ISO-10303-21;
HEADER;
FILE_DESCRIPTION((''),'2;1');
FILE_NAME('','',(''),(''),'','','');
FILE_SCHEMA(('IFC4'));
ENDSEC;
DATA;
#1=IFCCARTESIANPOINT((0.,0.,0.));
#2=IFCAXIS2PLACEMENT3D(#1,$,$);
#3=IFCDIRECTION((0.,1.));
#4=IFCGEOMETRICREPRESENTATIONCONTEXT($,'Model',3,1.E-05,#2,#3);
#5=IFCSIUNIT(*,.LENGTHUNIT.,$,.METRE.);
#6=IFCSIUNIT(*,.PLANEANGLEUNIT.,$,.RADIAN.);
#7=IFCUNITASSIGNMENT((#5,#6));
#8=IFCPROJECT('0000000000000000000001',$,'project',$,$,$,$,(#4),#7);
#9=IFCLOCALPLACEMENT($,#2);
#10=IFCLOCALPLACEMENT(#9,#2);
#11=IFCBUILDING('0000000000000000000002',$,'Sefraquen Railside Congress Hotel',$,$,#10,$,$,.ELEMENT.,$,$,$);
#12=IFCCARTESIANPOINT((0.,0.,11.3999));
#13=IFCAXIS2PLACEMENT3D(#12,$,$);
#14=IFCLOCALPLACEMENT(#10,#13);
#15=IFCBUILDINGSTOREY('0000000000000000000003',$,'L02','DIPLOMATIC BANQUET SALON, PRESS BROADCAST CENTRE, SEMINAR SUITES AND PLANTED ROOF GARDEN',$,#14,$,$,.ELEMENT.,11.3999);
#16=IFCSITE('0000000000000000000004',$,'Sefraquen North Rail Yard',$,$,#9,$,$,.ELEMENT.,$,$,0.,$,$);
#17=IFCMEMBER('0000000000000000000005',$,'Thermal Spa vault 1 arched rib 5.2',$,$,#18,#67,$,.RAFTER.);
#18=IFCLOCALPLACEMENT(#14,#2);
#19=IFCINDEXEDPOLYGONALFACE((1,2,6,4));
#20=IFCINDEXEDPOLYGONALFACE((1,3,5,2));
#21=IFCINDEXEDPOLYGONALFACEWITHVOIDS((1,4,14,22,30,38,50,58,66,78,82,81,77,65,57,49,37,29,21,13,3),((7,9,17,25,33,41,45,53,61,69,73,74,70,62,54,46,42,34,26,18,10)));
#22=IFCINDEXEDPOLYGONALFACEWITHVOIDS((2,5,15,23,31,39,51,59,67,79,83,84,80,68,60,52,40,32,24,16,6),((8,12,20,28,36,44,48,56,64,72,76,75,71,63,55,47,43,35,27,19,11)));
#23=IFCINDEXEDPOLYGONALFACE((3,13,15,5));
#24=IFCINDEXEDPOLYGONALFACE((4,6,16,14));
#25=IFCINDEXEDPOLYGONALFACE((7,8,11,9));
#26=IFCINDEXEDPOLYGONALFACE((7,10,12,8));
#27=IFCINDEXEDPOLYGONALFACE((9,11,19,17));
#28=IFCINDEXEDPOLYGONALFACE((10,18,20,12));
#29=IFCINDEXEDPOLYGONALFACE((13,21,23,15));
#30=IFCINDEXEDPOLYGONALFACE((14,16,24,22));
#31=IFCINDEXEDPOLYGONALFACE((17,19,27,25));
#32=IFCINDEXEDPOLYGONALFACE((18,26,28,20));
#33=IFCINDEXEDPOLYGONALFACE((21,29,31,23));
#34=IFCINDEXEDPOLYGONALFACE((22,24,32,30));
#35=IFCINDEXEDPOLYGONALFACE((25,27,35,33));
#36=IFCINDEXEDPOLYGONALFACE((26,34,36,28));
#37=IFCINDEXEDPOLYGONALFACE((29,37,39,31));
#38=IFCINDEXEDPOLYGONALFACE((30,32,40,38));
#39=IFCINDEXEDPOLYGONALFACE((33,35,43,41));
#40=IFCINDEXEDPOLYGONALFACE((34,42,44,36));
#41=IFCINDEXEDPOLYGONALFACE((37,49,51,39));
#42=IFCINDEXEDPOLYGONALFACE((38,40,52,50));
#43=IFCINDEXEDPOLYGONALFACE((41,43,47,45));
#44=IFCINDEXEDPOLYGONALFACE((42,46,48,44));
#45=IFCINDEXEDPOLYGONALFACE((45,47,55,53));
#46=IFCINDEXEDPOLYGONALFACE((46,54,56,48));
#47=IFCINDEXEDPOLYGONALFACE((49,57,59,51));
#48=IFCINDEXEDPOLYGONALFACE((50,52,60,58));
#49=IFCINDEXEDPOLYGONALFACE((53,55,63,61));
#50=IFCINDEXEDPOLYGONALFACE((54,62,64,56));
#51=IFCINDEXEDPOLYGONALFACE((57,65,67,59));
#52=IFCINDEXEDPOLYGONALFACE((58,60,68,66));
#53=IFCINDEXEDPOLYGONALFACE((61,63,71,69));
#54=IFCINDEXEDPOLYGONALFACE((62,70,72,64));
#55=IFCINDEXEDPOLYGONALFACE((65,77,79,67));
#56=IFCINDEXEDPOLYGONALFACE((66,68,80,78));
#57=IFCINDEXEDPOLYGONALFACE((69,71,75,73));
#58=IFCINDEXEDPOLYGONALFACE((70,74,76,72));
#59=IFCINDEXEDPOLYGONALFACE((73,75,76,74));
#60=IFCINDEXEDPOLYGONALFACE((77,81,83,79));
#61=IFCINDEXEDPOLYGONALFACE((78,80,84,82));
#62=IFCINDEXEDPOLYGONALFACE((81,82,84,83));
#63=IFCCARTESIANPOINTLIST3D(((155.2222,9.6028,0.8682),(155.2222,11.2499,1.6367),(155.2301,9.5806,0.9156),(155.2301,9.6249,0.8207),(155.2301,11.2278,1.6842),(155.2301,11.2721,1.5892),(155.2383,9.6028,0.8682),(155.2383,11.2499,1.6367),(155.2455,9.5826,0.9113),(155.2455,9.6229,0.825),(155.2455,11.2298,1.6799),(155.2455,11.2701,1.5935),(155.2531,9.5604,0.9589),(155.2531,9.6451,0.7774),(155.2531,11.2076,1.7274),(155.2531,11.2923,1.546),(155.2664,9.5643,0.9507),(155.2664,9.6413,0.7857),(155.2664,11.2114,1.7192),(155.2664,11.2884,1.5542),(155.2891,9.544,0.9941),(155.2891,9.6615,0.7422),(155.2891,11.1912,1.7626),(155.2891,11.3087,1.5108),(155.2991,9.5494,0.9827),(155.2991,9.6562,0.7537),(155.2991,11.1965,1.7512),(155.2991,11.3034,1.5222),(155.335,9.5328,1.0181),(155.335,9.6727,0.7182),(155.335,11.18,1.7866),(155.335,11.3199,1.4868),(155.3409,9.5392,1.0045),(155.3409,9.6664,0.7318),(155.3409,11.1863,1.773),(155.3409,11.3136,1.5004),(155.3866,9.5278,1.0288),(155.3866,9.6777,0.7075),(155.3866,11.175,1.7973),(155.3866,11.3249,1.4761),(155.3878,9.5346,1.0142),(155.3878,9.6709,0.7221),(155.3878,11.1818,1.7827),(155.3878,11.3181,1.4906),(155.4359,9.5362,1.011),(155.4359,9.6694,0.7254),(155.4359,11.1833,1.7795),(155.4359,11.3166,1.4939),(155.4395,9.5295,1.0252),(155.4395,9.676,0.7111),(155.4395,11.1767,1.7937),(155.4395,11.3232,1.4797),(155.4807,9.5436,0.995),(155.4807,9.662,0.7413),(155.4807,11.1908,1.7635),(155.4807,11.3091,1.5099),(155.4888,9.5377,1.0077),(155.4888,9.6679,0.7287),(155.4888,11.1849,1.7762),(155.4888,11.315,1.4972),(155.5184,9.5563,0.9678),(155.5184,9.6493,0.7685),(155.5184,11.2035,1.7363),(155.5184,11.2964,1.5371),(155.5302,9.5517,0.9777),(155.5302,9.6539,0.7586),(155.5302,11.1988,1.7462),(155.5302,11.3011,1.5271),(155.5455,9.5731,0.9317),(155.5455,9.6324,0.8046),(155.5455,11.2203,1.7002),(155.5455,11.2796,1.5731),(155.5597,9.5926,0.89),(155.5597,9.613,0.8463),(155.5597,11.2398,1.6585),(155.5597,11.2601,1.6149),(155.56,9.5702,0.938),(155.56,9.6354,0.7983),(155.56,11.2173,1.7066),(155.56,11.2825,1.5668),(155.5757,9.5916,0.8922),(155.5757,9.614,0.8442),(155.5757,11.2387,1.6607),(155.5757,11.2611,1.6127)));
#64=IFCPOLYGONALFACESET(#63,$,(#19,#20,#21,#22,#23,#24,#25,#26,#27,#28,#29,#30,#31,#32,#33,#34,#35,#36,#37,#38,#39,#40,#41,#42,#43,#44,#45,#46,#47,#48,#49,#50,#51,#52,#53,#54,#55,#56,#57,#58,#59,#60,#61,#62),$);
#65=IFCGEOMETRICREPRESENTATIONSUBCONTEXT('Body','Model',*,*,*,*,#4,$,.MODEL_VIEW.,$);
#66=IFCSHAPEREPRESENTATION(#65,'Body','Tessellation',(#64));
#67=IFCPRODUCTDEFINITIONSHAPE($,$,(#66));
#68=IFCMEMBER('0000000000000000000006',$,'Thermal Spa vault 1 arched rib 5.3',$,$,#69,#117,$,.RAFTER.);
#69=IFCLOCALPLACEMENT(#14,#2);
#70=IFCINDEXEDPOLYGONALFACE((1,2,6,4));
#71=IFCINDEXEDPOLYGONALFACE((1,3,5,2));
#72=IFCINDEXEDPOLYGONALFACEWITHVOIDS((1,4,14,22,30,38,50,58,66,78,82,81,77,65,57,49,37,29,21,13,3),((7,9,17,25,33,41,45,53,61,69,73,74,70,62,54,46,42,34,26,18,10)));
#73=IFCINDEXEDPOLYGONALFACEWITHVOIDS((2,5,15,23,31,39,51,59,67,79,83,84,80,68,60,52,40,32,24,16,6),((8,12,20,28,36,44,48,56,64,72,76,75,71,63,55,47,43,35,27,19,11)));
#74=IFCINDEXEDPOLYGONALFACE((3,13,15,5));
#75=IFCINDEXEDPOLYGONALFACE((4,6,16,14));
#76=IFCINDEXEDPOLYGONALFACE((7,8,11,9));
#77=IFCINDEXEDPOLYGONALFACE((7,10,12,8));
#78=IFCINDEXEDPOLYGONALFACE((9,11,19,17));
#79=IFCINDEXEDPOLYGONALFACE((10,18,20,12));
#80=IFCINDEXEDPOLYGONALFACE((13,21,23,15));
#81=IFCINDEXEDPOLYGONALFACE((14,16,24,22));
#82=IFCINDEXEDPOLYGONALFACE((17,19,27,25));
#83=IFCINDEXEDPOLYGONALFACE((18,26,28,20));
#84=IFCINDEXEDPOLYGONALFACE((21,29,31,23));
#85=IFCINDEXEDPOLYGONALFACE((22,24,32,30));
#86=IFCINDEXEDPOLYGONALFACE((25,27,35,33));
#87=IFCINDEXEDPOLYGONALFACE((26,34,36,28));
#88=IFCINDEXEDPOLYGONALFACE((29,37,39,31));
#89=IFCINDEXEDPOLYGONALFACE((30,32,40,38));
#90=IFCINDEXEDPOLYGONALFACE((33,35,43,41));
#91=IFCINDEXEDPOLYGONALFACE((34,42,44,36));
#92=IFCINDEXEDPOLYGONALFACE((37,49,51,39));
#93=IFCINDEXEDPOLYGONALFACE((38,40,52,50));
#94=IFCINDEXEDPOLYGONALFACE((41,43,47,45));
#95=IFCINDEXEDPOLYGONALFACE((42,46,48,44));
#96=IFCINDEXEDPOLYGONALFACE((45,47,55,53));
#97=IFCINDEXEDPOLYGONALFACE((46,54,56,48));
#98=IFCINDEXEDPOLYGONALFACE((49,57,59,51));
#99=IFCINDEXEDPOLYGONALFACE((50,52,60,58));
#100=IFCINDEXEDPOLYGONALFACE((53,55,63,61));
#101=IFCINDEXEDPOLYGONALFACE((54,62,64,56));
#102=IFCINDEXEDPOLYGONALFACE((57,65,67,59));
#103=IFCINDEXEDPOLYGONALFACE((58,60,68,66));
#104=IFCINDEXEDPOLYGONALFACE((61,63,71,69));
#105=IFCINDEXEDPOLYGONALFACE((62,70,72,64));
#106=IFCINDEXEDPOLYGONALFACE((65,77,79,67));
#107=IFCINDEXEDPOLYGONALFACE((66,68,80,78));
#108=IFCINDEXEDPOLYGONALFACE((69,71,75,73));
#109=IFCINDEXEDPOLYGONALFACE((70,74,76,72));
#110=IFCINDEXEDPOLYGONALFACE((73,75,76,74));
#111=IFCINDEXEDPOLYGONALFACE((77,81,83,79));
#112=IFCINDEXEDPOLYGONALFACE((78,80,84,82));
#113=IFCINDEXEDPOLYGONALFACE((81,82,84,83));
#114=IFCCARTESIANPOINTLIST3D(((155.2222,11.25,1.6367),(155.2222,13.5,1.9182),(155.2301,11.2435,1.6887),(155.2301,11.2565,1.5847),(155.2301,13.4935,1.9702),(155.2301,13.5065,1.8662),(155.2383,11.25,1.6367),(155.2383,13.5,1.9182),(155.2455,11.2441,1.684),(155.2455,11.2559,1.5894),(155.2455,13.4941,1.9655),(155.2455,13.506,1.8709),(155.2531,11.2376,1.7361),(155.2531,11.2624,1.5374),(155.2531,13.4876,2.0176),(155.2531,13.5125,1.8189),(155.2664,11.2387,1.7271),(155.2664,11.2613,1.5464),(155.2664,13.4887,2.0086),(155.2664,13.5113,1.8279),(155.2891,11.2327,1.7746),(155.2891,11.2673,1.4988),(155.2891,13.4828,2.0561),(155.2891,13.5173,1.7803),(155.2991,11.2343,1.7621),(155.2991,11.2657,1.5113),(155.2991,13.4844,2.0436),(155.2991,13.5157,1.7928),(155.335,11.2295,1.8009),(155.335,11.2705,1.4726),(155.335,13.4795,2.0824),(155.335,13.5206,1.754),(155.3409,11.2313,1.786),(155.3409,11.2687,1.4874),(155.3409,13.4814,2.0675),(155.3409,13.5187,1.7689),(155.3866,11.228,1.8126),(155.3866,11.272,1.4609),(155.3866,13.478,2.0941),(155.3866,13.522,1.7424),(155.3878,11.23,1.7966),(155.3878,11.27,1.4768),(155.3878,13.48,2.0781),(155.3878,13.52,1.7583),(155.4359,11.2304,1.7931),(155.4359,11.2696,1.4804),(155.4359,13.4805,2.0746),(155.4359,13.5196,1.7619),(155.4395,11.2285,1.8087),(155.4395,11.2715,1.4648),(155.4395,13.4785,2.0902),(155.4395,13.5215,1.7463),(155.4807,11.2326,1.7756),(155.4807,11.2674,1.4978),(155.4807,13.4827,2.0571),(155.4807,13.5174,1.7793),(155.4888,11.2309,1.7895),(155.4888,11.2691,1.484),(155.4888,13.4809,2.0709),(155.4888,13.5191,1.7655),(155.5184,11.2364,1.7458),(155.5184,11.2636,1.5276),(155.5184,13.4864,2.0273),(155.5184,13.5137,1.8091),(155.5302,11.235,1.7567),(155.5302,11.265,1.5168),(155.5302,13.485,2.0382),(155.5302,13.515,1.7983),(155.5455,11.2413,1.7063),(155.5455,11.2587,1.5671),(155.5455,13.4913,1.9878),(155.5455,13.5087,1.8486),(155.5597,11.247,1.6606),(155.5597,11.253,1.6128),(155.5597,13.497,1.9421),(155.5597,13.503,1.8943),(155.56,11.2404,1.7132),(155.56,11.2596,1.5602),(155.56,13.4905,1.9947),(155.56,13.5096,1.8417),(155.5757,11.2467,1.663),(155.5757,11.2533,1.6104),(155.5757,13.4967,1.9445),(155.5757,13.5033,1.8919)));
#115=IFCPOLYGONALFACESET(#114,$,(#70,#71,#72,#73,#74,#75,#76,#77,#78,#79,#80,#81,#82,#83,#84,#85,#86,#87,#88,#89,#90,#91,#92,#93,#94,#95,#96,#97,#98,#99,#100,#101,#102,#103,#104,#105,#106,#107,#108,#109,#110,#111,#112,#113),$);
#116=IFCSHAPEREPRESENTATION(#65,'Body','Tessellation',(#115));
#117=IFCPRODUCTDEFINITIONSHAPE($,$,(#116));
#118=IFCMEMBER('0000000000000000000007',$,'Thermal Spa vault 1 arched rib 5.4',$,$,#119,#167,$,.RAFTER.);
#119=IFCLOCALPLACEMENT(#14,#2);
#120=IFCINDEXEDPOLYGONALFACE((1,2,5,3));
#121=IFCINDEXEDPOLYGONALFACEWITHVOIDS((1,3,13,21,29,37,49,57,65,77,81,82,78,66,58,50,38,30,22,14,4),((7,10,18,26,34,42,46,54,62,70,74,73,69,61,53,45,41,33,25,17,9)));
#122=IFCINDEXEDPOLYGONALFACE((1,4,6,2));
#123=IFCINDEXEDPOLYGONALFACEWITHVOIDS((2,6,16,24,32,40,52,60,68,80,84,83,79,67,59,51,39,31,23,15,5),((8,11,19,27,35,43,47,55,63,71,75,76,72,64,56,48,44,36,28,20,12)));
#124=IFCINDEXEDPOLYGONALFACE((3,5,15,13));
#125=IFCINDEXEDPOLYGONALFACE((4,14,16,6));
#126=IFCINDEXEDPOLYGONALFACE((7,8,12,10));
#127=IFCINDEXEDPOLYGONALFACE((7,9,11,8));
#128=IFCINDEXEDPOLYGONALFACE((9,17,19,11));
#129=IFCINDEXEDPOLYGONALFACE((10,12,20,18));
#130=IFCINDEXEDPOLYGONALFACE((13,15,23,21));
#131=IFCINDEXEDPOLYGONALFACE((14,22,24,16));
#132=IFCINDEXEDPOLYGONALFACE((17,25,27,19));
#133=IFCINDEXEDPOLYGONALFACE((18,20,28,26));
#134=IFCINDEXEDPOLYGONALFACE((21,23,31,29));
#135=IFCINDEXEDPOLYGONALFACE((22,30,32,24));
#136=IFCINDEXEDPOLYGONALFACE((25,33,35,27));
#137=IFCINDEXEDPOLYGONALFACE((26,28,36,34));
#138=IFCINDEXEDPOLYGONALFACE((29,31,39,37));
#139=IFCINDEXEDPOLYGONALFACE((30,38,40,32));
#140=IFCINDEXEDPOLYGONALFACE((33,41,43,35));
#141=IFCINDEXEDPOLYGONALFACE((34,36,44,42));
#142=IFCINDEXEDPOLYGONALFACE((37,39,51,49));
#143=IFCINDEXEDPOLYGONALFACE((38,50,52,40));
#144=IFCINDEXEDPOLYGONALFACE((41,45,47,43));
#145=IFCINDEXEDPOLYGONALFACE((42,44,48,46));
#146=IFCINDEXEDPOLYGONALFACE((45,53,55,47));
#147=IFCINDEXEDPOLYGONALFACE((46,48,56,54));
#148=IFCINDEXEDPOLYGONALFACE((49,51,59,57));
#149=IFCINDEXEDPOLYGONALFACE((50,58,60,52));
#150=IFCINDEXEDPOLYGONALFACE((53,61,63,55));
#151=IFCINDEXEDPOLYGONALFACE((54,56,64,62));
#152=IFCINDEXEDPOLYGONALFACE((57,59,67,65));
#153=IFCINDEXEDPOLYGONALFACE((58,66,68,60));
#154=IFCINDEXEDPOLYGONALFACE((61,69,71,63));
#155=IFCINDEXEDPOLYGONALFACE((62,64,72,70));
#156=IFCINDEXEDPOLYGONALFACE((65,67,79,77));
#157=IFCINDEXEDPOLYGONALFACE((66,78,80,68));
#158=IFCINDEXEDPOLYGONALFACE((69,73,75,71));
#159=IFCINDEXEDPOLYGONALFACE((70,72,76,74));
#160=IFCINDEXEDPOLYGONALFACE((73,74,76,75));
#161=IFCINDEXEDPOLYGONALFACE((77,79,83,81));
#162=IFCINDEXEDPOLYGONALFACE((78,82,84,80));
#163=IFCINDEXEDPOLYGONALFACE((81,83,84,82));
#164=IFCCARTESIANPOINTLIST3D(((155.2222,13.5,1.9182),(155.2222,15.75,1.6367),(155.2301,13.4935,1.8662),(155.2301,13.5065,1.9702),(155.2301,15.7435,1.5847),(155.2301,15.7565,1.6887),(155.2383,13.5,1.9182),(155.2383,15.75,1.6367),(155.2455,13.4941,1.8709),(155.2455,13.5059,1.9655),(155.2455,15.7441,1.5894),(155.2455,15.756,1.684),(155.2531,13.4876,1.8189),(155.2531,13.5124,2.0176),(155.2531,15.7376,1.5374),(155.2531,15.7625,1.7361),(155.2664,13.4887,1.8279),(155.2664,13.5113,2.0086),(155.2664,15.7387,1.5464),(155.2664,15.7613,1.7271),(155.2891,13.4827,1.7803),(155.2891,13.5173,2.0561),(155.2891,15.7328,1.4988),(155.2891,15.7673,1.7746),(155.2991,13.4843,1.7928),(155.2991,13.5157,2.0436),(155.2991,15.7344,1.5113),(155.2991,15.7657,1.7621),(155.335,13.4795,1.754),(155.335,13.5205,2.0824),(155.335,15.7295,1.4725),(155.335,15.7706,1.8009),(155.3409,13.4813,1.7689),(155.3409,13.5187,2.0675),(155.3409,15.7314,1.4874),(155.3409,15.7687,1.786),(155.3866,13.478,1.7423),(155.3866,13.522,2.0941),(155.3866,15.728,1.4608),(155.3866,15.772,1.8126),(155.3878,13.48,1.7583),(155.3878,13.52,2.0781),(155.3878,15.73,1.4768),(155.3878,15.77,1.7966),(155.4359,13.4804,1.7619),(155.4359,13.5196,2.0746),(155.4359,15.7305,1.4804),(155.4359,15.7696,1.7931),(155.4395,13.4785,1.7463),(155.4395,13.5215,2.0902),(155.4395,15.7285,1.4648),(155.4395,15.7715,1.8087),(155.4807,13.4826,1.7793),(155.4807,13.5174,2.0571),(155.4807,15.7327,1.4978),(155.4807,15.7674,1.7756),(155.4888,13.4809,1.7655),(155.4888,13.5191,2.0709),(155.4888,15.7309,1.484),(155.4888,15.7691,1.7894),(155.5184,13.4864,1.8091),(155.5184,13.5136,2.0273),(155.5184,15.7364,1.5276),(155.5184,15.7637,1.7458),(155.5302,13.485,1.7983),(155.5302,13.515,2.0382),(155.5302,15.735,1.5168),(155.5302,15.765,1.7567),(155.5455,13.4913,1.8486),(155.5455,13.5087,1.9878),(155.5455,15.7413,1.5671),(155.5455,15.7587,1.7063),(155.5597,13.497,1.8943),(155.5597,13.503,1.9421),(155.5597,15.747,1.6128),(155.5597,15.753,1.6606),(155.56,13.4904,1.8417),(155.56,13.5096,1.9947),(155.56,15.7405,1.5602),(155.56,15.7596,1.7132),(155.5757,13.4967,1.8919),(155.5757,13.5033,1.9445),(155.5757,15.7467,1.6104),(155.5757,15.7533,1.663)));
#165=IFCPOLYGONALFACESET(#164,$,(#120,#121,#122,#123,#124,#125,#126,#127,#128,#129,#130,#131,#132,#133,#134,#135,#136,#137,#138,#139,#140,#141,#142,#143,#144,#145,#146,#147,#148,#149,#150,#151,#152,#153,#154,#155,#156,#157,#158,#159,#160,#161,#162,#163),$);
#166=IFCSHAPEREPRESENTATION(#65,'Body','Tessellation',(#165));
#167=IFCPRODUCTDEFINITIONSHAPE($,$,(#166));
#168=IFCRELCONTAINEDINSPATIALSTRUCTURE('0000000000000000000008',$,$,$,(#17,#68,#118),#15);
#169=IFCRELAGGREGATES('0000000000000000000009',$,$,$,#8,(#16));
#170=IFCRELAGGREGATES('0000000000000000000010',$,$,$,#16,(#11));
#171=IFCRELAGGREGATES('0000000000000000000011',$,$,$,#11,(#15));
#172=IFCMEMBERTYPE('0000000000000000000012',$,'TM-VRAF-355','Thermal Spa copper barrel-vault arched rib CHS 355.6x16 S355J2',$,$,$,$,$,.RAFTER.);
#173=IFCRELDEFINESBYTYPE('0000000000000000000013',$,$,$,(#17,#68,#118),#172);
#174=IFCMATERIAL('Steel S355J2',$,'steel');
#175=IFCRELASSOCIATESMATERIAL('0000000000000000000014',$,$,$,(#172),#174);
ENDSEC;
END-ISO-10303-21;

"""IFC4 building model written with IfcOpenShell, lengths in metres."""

from ifc_helpers import new_model, si_unit, direction, frame, origin, origin_2d, place, context, subcontext, project, spatial, hollow_circle, extrude, material, material_profile, profile_set, type_object, element, save


model = new_model("IFC4")

# Units and contexts
model_context = context("Model", 3, precision=1e-05, world=origin(), true_north=direction((0.0, 1.0)))
body_context = subcontext(model_context, "Body", "Model", "MODEL_VIEW")
ifc_project = project(units=[si_unit("LENGTHUNIT", "METRE"), si_unit("PLANEANGLEUNIT", "RADIAN")], contexts=[model_context])

# Site, building, storey
site_placement = place(None, origin())
site = spatial("IfcSite", under=ifc_project, at=site_placement, Name="Sefraquen North Rail Yard", CompositionType="ELEMENT", RefElevation=0.0)
building_placement = place(site_placement, origin())
building = spatial("IfcBuilding", under=site, at=building_placement, Name="Sefraquen Railside Congress Hotel", CompositionType="ELEMENT")
storey_placement = place(building_placement, frame((0.0, 0.0, 11.3999)))
storey = spatial("IfcBuildingStorey", under=building, at=storey_placement, Name="L02", Description="DIPLOMATIC BANQUET SALON, PRESS BROADCAST CENTRE, SEMINAR SUITES AND PLANTED ROOF GARDEN", CompositionType="ELEMENT", Elevation=11.3999)

# Members
ifc_material_1 = material(Name="Steel S355J2", Category="steel")
ifc_material_profile_1 = material_profile(ifc_material_1, hollow_circle(Radius=0.1777, WallThickness=0.0161, at=origin_2d()), Name="CHS 355.6x16")
ifc_profile_set_1 = profile_set([ifc_material_profile_1], Name="Steel S355J2")
member_type = type_object("IfcMemberType", Name="TM-VRAF-355", Description="Thermal Spa copper barrel-vault arched rib CHS 355.6x16 S355J2", PredefinedType="RAFTER", material=ifc_profile_set_1)
member_1_placement = place(storey_placement, frame((155.3999, 9.6028, 0.8682), z_axis=(0.0, 0.906214, 0.422819), x_axis=(-1.0, 0.0, 0.0)))
element("IfcMember", 1, at=member_1_placement, inside=storey, type_object=member_type, Name="Thermal Spa vault 1 arched rib 5.2", PredefinedType="RAFTER", context=body_context, shape_type="SweptSolid", body=[
    extrude(hollow_circle(Radius=0.1777, WallThickness=0.0161, at=origin_2d()), origin(), (0.0, 0.0, 1.0), 1.8176),
])
for number, where, z_axis, x_axis, name in (
    (2, (155.3999, 11.25, 1.6367), (0.0, 0.992265, 0.124141), (-1.0, 0.0, 0.0), "Thermal Spa vault 1 arched rib 5.3"),
    (3, (155.3999, 13.5, 1.9182), (0.0, 0.992265, -0.124141), (-1.0, 0.0, 0.0), "Thermal Spa vault 1 arched rib 5.4"),
):
    element("IfcMember", number, at=place(storey_placement, frame(where, z_axis=z_axis, x_axis=x_axis)), inside=storey, type_object=member_type, Name=name, PredefinedType="RAFTER", context=body_context, shape_type="SweptSolid", body=[
        extrude(hollow_circle(Radius=0.1777, WallThickness=0.0161, at=origin_2d()), origin(), (0.0, 0.0, 1.0), 2.2676),
    ])

save(model, "model.ifc")
